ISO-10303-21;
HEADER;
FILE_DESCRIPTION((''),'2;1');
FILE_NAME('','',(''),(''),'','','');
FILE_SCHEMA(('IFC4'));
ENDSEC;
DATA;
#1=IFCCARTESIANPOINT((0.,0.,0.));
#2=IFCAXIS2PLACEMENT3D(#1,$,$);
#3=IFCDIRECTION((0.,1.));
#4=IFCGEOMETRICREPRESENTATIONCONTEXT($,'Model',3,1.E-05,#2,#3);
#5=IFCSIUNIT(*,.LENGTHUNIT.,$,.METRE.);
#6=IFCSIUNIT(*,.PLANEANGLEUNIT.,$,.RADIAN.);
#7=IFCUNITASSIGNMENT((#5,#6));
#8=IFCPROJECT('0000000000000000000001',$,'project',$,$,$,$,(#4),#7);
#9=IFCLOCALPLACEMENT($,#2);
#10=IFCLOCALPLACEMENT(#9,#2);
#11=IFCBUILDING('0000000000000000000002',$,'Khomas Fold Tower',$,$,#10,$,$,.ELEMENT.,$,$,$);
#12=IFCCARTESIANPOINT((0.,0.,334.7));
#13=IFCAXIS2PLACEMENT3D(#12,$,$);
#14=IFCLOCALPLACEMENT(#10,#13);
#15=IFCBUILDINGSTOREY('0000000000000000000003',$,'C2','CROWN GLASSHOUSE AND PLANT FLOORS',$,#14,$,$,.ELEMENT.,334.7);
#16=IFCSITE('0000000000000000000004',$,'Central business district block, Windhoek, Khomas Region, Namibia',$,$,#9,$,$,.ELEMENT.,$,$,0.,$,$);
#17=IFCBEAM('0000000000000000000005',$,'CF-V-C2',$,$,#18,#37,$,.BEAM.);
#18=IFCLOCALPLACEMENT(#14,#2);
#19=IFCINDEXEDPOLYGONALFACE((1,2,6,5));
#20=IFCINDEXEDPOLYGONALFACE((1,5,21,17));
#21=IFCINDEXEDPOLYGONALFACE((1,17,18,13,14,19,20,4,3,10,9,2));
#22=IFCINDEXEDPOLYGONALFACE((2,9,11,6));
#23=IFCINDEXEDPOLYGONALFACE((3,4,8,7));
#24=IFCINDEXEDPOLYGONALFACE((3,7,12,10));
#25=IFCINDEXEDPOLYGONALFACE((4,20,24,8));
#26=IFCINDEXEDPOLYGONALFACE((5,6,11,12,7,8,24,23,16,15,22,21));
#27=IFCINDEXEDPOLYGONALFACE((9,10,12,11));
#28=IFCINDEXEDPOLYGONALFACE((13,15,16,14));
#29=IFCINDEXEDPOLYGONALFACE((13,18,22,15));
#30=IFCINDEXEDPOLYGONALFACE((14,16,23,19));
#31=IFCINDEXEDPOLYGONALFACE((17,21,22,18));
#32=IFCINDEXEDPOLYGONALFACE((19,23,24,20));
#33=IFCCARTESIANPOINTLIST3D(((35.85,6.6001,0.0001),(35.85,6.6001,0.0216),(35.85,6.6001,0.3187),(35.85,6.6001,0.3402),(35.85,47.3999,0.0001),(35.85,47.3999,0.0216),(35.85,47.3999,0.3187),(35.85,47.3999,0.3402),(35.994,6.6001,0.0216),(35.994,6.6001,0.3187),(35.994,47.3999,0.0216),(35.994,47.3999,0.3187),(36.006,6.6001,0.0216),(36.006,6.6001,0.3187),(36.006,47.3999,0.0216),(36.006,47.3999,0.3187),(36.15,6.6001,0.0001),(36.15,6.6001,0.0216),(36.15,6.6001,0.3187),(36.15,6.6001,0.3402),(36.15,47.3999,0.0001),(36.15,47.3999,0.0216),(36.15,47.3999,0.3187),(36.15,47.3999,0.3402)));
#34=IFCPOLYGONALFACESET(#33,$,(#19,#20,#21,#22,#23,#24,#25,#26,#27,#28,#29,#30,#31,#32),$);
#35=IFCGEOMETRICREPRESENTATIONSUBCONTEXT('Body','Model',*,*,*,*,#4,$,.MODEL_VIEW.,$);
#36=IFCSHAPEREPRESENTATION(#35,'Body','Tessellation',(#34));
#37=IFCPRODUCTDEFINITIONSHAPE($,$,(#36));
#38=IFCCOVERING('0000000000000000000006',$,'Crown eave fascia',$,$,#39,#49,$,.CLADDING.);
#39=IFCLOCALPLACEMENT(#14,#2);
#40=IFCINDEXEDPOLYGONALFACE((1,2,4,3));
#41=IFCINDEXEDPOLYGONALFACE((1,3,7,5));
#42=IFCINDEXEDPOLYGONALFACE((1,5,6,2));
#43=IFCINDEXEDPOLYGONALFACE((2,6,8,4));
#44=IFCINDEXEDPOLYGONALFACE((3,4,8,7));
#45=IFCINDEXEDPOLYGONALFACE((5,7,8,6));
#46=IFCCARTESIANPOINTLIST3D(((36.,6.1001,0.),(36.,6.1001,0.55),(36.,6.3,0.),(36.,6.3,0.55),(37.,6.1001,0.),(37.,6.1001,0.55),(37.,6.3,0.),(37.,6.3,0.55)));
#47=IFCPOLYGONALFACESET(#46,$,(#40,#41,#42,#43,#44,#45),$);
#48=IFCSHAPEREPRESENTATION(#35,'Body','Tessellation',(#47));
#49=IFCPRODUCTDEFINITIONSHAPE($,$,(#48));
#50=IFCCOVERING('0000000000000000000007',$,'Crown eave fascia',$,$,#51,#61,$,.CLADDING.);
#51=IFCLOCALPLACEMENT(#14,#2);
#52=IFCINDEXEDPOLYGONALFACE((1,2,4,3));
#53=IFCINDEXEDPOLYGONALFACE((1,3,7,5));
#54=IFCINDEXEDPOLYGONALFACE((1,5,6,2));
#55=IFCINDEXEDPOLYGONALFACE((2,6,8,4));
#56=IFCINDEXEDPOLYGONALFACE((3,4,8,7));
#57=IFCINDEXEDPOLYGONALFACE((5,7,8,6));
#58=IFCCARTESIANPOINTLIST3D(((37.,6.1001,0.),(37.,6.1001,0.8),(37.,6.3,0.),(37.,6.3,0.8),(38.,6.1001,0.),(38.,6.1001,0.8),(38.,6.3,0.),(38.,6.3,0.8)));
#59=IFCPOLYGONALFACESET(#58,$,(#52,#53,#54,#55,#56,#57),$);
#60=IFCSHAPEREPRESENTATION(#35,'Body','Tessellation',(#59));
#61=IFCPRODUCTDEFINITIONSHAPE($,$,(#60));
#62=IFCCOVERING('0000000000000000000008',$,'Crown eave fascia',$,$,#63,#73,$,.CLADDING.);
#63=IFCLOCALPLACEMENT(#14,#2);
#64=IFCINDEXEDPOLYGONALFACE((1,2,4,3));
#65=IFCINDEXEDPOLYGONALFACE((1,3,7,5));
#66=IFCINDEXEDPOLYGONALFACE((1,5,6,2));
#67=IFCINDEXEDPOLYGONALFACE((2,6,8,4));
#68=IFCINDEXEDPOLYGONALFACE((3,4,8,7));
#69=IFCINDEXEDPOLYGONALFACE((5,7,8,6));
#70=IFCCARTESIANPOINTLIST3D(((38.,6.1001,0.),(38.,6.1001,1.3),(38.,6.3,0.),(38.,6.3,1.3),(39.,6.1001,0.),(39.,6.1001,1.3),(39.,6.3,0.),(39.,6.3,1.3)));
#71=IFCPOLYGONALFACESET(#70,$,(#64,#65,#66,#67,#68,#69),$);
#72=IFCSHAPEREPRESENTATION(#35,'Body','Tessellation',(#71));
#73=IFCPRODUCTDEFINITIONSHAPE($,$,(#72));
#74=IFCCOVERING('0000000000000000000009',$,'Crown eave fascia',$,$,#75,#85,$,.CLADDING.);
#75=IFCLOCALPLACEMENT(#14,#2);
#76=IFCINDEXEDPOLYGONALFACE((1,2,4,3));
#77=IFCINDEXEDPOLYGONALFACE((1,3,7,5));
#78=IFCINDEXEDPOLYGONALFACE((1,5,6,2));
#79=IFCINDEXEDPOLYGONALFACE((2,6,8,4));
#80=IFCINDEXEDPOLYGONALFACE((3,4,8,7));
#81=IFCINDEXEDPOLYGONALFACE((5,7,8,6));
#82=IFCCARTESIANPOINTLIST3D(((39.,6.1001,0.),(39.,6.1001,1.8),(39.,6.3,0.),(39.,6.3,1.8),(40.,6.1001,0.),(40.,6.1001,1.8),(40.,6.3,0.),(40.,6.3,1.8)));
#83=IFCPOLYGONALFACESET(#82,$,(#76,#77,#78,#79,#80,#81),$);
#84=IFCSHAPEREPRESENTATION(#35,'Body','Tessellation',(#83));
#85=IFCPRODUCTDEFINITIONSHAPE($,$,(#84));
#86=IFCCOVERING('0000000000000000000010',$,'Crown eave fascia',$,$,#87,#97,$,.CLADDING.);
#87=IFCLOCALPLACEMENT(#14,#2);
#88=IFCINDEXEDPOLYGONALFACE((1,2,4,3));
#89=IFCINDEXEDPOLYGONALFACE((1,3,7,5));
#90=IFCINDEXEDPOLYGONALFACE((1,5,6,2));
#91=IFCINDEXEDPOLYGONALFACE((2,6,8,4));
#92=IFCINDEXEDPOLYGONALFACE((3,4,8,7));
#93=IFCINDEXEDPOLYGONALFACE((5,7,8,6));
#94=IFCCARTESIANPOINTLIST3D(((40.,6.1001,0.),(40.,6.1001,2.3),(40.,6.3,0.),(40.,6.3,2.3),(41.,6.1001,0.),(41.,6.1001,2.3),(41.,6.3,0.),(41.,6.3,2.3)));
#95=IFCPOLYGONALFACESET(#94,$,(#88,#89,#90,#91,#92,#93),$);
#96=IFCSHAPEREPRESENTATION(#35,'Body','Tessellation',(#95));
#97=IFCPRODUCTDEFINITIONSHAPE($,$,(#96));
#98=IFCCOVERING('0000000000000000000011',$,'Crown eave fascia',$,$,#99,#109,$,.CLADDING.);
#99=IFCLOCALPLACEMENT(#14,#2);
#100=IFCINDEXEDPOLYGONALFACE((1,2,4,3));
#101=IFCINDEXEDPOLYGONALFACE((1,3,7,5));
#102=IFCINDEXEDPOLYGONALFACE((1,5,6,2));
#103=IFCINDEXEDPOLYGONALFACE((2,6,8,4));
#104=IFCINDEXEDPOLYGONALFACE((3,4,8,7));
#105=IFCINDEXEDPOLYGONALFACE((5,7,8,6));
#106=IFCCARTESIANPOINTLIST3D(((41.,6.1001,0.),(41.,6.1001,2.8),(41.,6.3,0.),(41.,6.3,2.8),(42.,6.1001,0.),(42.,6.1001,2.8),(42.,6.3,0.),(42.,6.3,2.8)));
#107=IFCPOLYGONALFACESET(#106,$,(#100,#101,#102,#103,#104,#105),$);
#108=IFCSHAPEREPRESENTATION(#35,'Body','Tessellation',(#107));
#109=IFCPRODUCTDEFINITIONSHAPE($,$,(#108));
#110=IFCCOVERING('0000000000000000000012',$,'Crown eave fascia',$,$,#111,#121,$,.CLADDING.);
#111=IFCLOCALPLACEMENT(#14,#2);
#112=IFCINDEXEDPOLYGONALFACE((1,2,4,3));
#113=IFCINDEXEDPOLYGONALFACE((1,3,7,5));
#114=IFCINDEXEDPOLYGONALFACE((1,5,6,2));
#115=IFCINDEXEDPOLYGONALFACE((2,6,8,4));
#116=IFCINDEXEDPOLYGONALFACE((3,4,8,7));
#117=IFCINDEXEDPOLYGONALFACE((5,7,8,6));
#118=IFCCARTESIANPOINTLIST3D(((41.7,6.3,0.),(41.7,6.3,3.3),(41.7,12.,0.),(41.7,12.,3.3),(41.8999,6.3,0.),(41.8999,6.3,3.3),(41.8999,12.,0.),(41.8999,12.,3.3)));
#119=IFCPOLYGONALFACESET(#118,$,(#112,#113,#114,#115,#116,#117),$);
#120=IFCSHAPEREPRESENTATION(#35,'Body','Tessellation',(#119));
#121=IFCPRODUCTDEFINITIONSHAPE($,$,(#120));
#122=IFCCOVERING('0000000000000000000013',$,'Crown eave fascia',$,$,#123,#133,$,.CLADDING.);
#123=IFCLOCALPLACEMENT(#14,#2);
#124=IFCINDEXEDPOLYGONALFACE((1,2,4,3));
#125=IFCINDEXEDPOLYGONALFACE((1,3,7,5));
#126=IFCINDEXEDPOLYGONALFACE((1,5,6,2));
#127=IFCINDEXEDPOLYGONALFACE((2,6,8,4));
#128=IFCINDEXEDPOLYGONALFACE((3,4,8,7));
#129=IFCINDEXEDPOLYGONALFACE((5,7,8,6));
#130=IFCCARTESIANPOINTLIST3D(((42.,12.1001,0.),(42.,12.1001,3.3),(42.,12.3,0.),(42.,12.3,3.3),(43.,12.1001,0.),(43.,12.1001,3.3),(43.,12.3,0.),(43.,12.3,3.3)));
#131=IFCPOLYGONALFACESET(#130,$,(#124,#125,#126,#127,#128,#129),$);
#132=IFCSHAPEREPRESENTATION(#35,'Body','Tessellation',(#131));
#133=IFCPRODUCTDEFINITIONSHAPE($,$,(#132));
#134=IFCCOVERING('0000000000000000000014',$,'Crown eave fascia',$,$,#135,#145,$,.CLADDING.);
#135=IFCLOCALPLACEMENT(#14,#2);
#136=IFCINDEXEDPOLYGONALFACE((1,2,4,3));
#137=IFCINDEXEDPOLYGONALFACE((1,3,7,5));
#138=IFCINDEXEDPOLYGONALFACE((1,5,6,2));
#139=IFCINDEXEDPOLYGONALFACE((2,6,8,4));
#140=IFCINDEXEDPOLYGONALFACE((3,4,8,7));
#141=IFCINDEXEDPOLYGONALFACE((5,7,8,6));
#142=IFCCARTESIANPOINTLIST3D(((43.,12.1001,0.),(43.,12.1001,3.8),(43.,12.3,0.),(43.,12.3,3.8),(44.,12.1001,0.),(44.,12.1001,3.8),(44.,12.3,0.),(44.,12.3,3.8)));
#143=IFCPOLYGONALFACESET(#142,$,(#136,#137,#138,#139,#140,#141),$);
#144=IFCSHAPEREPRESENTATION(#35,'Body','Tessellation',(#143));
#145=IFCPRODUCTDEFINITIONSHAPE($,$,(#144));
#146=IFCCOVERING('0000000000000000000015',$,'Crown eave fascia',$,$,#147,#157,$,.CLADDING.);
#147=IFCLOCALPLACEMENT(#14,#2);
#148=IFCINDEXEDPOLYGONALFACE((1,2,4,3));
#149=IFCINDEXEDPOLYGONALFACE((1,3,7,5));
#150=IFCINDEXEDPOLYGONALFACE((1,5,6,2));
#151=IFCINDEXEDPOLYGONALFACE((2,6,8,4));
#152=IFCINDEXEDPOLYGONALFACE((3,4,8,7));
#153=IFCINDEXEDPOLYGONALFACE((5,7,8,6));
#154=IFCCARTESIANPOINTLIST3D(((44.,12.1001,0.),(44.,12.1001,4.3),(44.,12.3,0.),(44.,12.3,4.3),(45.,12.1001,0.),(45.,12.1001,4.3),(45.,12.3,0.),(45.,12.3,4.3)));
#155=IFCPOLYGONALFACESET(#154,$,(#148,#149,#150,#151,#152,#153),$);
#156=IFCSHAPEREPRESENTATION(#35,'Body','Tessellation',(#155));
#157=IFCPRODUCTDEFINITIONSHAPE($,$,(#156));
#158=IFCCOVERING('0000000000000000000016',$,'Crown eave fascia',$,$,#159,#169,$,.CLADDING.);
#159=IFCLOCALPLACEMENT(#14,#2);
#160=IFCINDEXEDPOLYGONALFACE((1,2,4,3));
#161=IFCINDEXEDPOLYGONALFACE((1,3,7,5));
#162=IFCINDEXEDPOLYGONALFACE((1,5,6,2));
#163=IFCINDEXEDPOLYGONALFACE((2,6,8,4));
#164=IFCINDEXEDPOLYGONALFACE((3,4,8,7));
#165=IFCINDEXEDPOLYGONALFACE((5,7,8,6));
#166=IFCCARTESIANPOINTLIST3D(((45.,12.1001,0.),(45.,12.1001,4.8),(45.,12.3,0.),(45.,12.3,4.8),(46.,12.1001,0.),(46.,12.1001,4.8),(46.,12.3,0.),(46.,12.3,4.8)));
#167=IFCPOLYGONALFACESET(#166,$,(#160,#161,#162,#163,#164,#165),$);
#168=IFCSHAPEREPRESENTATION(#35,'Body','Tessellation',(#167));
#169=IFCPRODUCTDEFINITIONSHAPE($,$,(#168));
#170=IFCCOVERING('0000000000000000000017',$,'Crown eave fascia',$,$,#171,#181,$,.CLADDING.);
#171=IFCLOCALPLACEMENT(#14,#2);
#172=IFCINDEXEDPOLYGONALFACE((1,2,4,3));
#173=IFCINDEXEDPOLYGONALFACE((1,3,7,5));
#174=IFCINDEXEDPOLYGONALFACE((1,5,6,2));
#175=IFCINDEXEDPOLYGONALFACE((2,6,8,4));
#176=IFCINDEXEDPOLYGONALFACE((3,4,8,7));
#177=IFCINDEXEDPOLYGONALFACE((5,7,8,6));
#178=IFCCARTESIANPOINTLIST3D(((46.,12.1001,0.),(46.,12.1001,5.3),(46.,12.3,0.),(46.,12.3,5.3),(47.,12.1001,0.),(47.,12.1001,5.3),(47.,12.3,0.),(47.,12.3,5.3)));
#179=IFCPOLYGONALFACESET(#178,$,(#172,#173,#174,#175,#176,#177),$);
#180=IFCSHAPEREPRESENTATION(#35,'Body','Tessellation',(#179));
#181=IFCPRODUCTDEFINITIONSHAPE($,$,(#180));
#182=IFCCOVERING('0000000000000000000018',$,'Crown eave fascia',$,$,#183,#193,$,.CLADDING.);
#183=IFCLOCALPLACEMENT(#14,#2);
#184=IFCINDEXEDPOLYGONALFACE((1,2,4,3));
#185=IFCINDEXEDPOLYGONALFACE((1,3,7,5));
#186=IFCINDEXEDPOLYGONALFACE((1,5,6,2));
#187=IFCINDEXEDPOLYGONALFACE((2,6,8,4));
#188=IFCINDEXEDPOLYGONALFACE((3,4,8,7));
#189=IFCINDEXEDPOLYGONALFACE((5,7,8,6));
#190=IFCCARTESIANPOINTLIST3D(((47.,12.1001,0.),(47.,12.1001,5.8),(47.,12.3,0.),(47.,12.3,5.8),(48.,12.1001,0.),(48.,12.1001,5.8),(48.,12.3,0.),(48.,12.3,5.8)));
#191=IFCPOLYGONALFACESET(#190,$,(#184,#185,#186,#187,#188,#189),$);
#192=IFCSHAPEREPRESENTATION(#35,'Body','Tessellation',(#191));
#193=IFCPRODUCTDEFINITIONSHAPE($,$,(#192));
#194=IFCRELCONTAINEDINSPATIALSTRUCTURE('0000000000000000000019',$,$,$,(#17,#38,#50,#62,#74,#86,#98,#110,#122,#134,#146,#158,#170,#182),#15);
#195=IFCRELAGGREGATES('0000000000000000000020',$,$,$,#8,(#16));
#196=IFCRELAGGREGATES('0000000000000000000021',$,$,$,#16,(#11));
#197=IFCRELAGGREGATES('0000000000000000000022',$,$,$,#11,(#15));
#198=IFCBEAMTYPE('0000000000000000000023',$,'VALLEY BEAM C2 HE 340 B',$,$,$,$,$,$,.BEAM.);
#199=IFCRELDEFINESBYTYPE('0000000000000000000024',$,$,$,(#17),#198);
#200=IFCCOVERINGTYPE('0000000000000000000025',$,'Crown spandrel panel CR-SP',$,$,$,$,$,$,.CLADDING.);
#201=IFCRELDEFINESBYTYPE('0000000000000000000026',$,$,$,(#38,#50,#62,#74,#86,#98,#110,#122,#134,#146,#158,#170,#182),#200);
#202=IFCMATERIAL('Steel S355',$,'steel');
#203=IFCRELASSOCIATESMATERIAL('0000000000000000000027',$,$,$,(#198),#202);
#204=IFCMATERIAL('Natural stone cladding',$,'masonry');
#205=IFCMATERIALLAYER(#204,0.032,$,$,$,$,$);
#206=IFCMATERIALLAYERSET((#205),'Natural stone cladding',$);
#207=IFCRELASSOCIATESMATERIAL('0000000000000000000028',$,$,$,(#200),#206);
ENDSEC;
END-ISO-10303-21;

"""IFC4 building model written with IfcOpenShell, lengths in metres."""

from ifc_helpers import new_model, si_unit, direction, frame, origin, origin_2d, place, context, subcontext, project, spatial, polyline, i_section, outline, extrude, source, transform, mapped, material, layer, layer_set, material_profile, profile_set, type_object, element, save


model = new_model("IFC4")

# Units and contexts
model_context = context("Model", 3, precision=1e-05, world=origin(), true_north=direction((0.0, 1.0)))
body_context = subcontext(model_context, "Body", "Model", "MODEL_VIEW")
ifc_project = project(units=[si_unit("LENGTHUNIT", "METRE"), si_unit("PLANEANGLEUNIT", "RADIAN")], contexts=[model_context])

# Site, building, storey
site_placement = place(None, origin())
site = spatial("IfcSite", under=ifc_project, at=site_placement, Name="Central business district block, Windhoek, Khomas Region, Namibia", CompositionType="ELEMENT", RefElevation=0.0)
building_placement = place(site_placement, origin())
building = spatial("IfcBuilding", under=site, at=building_placement, Name="Khomas Fold Tower", CompositionType="ELEMENT")
storey_placement = place(building_placement, frame((0.0, 0.0, 334.7)))
storey = spatial("IfcBuildingStorey", under=building, at=storey_placement, Name="C2", Description="CROWN GLASSHOUSE AND PLANT FLOORS", CompositionType="ELEMENT", Elevation=334.7)

# Beam
ifc_material_1 = material(Name="Steel S355", Category="steel")
ifc_material_profile_1 = material_profile(ifc_material_1, i_section(OverallWidth=0.3, OverallDepth=0.3401, WebThickness=0.012, FlangeThickness=0.0215, at=origin_2d()), Name="HE 340 B")
ifc_profile_set_1 = profile_set([ifc_material_profile_1], Name="Steel S355")
beam_type = type_object("IfcBeamType", Name="VALLEY BEAM C2 HE 340 B", PredefinedType="BEAM", material=ifc_profile_set_1)
shared_shape_1 = source(origin(), body_context, "Body", "SweptSolid", [
    extrude(i_section(OverallWidth=0.3, OverallDepth=0.3401, WebThickness=0.012, FlangeThickness=0.0215, at=origin_2d()), origin(), (0.0, 0.0, 1.0), 40.7998),
])
beam_placement = place(storey_placement, frame((36.0, 6.6001, 0.1702), z_axis=(0.0, 1.0, 0.0), x_axis=(-1.0, 0.0, 0.0)))
element("IfcBeam", 1, at=beam_placement, inside=storey, type_object=beam_type, Name="CF-V-C2", PredefinedType="BEAM", context=body_context, shape_type="MappedRepresentation", body=[
    mapped(shared_shape_1, transform((0.0, 0.0, 0.0))),
])

# Coverings
ifc_material_2 = material(Name="Natural stone cladding", Category="masonry")
ifc_layer = layer(ifc_material_2, 0.032)
ifc_layer_set = layer_set([ifc_layer], Name="Natural stone cladding")
covering_type = type_object("IfcCoveringType", Name="Crown spandrel panel CR-SP", PredefinedType="CLADDING", material=ifc_layer_set)
covering_1_placement = place(storey_placement, frame((36.0, 6.1001, 0.0), z_axis=(0.0, -1.0, 0.0), x_axis=(1.0, 0.0, 0.0)))
element("IfcCovering", 2, at=covering_1_placement, inside=storey, type_object=covering_type, Name="Crown eave fascia", PredefinedType="CLADDING", context=body_context, shape_type="SweptSolid", body=[
    extrude(outline(polyline([(0.0, 0.0), (1.0, 0.0), (1.0, 0.55), (0.0, 0.55), (0.0, 0.0)])), origin(), (0.0, 0.0, -1.0), 0.2),
])
covering_2_placement = place(storey_placement, frame((37.0, 6.1001, 0.0), z_axis=(0.0, -1.0, 0.0), x_axis=(1.0, 0.0, 0.0)))
element("IfcCovering", 3, at=covering_2_placement, inside=storey, type_object=covering_type, Name="Crown eave fascia", PredefinedType="CLADDING", context=body_context, shape_type="SweptSolid", body=[
    extrude(outline(polyline([(0.0, 0.0), (1.0, 0.0), (1.0, 0.8), (0.0, 0.8), (0.0, 0.0)])), origin(), (0.0, 0.0, -1.0), 0.2),
])
covering_3_placement = place(storey_placement, frame((38.0, 6.1001, 0.0), z_axis=(0.0, -1.0, 0.0), x_axis=(1.0, 0.0, 0.0)))
element("IfcCovering", 4, at=covering_3_placement, inside=storey, type_object=covering_type, Name="Crown eave fascia", PredefinedType="CLADDING", context=body_context, shape_type="SweptSolid", body=[
    extrude(outline(polyline([(0.0, 0.0), (1.0, 0.0), (1.0, 1.3), (0.0, 1.3), (0.0, 0.0)])), origin(), (0.0, 0.0, -1.0), 0.2),
])
covering_4_placement = place(storey_placement, frame((39.0, 6.1001, 0.0), z_axis=(0.0, -1.0, 0.0), x_axis=(1.0, 0.0, 0.0)))
element("IfcCovering", 5, at=covering_4_placement, inside=storey, type_object=covering_type, Name="Crown eave fascia", PredefinedType="CLADDING", context=body_context, shape_type="SweptSolid", body=[
    extrude(outline(polyline([(0.0, 0.0), (1.0, 0.0), (1.0, 1.8), (0.0, 1.8), (0.0, 0.0)])), origin(), (0.0, 0.0, -1.0), 0.2),
])
covering_5_placement = place(storey_placement, frame((40.0, 6.1001, 0.0), z_axis=(0.0, -1.0, 0.0), x_axis=(1.0, 0.0, 0.0)))
element("IfcCovering", 6, at=covering_5_placement, inside=storey, type_object=covering_type, Name="Crown eave fascia", PredefinedType="CLADDING", context=body_context, shape_type="SweptSolid", body=[
    extrude(outline(polyline([(0.0, 0.0), (1.0, 0.0), (1.0, 2.3), (0.0, 2.3), (0.0, 0.0)])), origin(), (0.0, 0.0, -1.0), 0.2),
])
covering_6_placement = place(storey_placement, frame((41.0, 6.1001, 0.0), z_axis=(0.0, -1.0, 0.0), x_axis=(1.0, 0.0, 0.0)))
element("IfcCovering", 7, at=covering_6_placement, inside=storey, type_object=covering_type, Name="Crown eave fascia", PredefinedType="CLADDING", context=body_context, shape_type="SweptSolid", body=[
    extrude(outline(polyline([(0.0, 0.0), (1.0, 0.0), (1.0, 2.8), (0.0, 2.8), (0.0, 0.0)])), origin(), (0.0, 0.0, -1.0), 0.2),
])
covering_7_placement = place(storey_placement, frame((41.8999, 6.3, 0.0), z_axis=(1.0, 0.0, 0.0), x_axis=(0.0, 1.0, 0.0)))
element("IfcCovering", 8, at=covering_7_placement, inside=storey, type_object=covering_type, Name="Crown eave fascia", PredefinedType="CLADDING", context=body_context, shape_type="SweptSolid", body=[
    extrude(outline(polyline([(0.0, 0.0), (5.7, 0.0), (5.7, 3.3), (0.0, 3.3), (0.0, 0.0)])), origin(), (0.0, 0.0, -1.0), 0.2),
])
covering_8_placement = place(storey_placement, frame((42.0, 12.1001, 0.0), z_axis=(0.0, -1.0, 0.0), x_axis=(1.0, 0.0, 0.0)))
element("IfcCovering", 9, at=covering_8_placement, inside=storey, type_object=covering_type, Name="Crown eave fascia", PredefinedType="CLADDING", context=body_context, shape_type="SweptSolid", body=[
    extrude(outline(polyline([(0.0, 0.0), (1.0, 0.0), (1.0, 3.3), (0.0, 3.3), (0.0, 0.0)])), origin(), (0.0, 0.0, -1.0), 0.2),
])
covering_9_placement = place(storey_placement, frame((43.0, 12.1001, 0.0), z_axis=(0.0, -1.0, 0.0), x_axis=(1.0, 0.0, 0.0)))
element("IfcCovering", 10, at=covering_9_placement, inside=storey, type_object=covering_type, Name="Crown eave fascia", PredefinedType="CLADDING", context=body_context, shape_type="SweptSolid", body=[
    extrude(outline(polyline([(0.0, 0.0), (1.0, 0.0), (1.0, 3.8), (0.0, 3.8), (0.0, 0.0)])), origin(), (0.0, 0.0, -1.0), 0.2),
])
covering_10_placement = place(storey_placement, frame((44.0, 12.1001, 0.0), z_axis=(0.0, -1.0, 0.0), x_axis=(1.0, 0.0, 0.0)))
element("IfcCovering", 11, at=covering_10_placement, inside=storey, type_object=covering_type, Name="Crown eave fascia", PredefinedType="CLADDING", context=body_context, shape_type="SweptSolid", body=[
    extrude(outline(polyline([(0.0, 0.0), (1.0, 0.0), (1.0, 4.3), (0.0, 4.3), (0.0, 0.0)])), origin(), (0.0, 0.0, -1.0), 0.2),
])
covering_11_placement = place(storey_placement, frame((45.0, 12.1001, 0.0), z_axis=(0.0, -1.0, 0.0), x_axis=(1.0, 0.0, 0.0)))
element("IfcCovering", 12, at=covering_11_placement, inside=storey, type_object=covering_type, Name="Crown eave fascia", PredefinedType="CLADDING", context=body_context, shape_type="SweptSolid", body=[
    extrude(outline(polyline([(0.0, 0.0), (1.0, 0.0), (1.0, 4.8), (0.0, 4.8), (0.0, 0.0)])), origin(), (0.0, 0.0, -1.0), 0.2),
])
covering_12_placement = place(storey_placement, frame((46.0, 12.1001, 0.0), z_axis=(0.0, -1.0, 0.0), x_axis=(1.0, 0.0, 0.0)))
element("IfcCovering", 13, at=covering_12_placement, inside=storey, type_object=covering_type, Name="Crown eave fascia", PredefinedType="CLADDING", context=body_context, shape_type="SweptSolid", body=[
    extrude(outline(polyline([(0.0, 0.0), (1.0, 0.0), (1.0, 5.3), (0.0, 5.3), (0.0, 0.0)])), origin(), (0.0, 0.0, -1.0), 0.2),
])
covering_13_placement = place(storey_placement, frame((47.0, 12.1001, 0.0), z_axis=(0.0, -1.0, 0.0), x_axis=(1.0, 0.0, 0.0)))
element("IfcCovering", 14, at=covering_13_placement, inside=storey, type_object=covering_type, Name="Crown eave fascia", PredefinedType="CLADDING", context=body_context, shape_type="SweptSolid", body=[
    extrude(outline(polyline([(0.0, 0.0), (1.0, 0.0), (1.0, 5.8), (0.0, 5.8), (0.0, 0.0)])), origin(), (0.0, 0.0, -1.0), 0.2),
])

save(model, "model.ifc")
